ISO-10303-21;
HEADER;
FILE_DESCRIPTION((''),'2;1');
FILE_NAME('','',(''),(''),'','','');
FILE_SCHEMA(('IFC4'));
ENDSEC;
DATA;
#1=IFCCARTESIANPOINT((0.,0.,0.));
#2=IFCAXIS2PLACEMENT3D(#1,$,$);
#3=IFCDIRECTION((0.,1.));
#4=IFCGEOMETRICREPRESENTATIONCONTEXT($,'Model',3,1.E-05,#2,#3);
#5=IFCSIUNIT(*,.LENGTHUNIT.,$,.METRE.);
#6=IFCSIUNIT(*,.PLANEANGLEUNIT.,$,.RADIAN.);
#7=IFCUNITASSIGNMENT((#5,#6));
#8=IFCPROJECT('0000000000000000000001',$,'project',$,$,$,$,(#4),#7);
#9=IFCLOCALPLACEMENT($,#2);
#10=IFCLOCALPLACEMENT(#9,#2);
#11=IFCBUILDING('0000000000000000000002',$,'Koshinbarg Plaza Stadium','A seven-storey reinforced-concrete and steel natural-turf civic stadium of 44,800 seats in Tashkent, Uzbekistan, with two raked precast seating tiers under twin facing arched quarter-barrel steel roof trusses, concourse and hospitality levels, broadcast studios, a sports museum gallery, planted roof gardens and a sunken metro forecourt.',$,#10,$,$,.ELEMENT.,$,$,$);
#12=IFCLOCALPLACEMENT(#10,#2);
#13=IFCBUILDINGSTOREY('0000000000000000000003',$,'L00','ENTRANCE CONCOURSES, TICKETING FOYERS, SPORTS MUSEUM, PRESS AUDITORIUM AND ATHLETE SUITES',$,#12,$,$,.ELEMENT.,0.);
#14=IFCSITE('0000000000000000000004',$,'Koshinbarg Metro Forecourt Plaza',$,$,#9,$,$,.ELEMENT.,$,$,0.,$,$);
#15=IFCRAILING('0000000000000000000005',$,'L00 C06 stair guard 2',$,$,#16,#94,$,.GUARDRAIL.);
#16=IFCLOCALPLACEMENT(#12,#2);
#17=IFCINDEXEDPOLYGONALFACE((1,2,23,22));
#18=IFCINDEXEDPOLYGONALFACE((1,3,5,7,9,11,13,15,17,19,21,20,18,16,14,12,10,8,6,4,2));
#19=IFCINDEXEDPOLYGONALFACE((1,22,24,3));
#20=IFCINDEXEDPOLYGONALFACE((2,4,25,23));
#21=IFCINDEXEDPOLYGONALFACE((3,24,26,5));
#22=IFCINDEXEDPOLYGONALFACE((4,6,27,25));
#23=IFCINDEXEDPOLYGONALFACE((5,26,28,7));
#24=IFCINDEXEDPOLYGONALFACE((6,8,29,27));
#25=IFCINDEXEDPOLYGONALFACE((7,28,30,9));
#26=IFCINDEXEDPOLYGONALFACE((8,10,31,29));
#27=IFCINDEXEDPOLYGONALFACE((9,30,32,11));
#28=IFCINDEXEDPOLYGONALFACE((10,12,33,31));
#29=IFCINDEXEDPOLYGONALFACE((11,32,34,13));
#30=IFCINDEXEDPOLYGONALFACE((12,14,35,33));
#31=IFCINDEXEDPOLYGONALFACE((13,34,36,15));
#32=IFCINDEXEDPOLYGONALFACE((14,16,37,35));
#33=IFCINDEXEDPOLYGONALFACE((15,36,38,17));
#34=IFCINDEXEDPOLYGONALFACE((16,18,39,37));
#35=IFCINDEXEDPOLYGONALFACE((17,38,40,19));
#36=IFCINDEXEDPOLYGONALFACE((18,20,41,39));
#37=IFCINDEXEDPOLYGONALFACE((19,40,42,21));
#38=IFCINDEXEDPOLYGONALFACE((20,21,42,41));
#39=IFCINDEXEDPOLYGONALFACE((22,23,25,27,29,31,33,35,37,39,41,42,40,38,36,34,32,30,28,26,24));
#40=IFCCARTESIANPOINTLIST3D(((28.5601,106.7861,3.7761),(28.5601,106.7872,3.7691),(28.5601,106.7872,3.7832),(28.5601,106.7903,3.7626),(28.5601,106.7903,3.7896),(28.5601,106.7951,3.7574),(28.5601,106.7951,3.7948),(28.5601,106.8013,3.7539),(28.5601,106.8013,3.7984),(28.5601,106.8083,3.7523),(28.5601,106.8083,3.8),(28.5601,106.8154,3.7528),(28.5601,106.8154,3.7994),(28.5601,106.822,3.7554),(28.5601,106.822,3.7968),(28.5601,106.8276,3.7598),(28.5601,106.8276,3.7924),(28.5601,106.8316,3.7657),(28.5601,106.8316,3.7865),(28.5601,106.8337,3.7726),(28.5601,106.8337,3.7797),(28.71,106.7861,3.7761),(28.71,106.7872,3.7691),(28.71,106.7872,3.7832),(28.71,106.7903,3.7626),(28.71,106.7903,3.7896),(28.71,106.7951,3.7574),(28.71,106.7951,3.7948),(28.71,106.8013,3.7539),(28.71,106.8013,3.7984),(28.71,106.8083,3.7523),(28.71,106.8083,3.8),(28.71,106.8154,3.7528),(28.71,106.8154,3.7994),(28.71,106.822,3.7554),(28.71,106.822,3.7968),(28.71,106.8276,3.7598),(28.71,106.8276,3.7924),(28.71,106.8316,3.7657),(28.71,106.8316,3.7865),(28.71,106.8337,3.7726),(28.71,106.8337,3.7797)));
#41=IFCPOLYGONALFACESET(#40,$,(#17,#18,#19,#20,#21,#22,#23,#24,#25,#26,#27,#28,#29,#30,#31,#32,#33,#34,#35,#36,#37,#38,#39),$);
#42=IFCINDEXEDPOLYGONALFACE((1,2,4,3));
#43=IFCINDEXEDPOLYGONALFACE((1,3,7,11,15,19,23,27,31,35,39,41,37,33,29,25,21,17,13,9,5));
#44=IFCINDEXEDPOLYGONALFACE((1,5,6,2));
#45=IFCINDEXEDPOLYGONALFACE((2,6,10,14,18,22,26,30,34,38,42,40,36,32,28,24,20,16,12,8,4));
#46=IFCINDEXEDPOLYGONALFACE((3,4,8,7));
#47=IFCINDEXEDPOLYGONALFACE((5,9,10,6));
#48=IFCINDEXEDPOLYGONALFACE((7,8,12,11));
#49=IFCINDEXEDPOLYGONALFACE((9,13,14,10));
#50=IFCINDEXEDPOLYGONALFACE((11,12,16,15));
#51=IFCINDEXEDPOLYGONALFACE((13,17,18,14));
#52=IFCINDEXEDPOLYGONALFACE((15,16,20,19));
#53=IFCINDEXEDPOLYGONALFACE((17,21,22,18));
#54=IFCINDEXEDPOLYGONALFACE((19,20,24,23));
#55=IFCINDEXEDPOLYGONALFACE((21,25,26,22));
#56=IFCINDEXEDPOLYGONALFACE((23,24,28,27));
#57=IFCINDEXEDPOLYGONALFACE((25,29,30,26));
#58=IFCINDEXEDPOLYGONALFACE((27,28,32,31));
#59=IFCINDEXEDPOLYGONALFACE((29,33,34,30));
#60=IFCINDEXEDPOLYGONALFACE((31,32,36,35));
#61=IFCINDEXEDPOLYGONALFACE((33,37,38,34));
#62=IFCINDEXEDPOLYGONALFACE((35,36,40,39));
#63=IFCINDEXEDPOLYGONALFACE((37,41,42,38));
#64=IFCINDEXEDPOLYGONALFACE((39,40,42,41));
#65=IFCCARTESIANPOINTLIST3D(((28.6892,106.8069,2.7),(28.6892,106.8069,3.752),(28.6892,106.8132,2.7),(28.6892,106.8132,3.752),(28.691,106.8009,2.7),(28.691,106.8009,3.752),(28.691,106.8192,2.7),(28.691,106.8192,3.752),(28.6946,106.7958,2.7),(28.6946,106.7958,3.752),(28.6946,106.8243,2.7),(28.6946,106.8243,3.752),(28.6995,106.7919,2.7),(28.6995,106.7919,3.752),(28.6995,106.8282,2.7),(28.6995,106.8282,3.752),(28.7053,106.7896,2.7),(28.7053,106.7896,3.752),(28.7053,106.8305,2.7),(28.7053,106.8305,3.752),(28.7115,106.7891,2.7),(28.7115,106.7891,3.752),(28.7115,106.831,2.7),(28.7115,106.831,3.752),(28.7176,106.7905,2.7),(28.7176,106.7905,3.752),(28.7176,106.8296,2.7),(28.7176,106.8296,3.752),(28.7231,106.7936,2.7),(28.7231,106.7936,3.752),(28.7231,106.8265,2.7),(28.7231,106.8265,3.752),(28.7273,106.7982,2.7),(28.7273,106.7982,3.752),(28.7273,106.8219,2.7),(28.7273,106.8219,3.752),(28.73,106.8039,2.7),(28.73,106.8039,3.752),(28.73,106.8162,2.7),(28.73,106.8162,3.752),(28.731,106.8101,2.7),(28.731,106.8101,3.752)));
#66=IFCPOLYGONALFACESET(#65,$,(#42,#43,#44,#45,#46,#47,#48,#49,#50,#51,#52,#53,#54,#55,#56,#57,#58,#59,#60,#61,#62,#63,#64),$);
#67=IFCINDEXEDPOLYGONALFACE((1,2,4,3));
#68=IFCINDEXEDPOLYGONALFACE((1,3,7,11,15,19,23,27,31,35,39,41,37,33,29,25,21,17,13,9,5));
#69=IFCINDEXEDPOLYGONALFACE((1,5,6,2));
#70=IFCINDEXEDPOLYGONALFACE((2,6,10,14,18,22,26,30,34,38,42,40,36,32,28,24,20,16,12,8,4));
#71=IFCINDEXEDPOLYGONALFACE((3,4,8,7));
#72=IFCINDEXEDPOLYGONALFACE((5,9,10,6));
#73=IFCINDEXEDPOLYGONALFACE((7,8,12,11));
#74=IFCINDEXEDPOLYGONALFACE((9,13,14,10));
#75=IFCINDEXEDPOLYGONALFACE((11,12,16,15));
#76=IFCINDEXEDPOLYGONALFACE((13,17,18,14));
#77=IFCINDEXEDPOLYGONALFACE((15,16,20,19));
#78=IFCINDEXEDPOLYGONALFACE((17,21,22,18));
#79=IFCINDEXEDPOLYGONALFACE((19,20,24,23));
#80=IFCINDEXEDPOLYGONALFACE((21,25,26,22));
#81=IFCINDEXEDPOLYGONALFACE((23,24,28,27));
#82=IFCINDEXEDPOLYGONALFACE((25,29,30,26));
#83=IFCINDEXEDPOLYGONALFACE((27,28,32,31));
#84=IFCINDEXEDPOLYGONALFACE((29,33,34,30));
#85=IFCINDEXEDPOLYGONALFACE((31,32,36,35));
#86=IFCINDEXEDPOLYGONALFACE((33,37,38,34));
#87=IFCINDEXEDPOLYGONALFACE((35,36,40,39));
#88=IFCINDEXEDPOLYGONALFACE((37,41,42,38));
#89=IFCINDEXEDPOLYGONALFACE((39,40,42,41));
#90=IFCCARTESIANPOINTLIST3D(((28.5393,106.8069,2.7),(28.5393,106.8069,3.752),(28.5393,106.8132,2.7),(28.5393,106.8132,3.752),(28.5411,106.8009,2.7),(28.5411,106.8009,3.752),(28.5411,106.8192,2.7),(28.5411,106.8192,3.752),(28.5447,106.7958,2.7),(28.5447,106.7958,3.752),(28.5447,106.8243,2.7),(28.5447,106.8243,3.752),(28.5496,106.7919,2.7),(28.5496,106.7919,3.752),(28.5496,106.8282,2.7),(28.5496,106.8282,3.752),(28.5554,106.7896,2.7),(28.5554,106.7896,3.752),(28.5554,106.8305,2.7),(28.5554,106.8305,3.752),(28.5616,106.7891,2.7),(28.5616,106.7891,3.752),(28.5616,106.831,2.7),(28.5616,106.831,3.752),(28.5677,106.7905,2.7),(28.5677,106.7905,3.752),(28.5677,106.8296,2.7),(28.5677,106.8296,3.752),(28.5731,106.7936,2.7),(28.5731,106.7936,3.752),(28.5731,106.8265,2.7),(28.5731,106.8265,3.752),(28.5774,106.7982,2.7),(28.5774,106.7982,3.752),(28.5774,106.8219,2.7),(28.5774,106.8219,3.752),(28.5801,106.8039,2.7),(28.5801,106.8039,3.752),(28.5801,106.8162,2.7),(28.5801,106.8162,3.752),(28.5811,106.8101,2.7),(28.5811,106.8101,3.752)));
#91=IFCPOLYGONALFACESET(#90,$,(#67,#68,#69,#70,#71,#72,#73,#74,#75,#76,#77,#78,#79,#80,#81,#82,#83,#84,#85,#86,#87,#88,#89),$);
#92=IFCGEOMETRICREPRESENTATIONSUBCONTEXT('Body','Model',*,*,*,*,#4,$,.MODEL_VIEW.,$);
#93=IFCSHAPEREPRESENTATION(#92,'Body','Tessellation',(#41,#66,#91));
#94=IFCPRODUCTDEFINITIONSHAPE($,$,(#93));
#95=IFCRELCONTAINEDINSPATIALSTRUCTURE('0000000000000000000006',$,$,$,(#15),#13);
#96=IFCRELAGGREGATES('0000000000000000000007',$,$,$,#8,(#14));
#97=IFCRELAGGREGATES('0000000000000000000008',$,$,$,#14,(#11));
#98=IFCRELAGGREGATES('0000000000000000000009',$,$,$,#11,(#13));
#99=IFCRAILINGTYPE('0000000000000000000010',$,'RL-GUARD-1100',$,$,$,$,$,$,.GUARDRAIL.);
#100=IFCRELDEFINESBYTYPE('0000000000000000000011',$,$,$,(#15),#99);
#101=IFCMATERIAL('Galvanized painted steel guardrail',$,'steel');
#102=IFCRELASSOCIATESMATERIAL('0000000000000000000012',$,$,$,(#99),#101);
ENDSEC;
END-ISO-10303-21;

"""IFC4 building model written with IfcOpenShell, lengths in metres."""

from ifc_helpers import new_model, si_unit, direction, frame, origin, origin_2d, place, context, subcontext, project, spatial, circle, extrude, material, type_object, element, save


model = new_model("IFC4")

# Units and contexts
model_context = context("Model", 3, precision=1e-05, world=origin(), true_north=direction((0.0, 1.0)))
body_context = subcontext(model_context, "Body", "Model", "MODEL_VIEW")
ifc_project = project(units=[si_unit("LENGTHUNIT", "METRE"), si_unit("PLANEANGLEUNIT", "RADIAN")], contexts=[model_context])

# Site, building, storey
site_placement = place(None, origin())
site = spatial("IfcSite", under=ifc_project, at=site_placement, Name="Koshinbarg Metro Forecourt Plaza", CompositionType="ELEMENT", RefElevation=0.0)
building_placement = place(site_placement, origin())
building = spatial("IfcBuilding", under=site, at=building_placement, Name="Koshinbarg Plaza Stadium", Description="A seven-storey reinforced-concrete and steel natural-turf civic stadium of 44,800 seats in Tashkent, Uzbekistan, with two raked precast seating tiers under twin facing arched quarter-barrel steel roof trusses, concourse and hospitality levels, broadcast studios, a sports museum gallery, planted roof gardens and a sunken metro forecourt.", CompositionType="ELEMENT")
storey_placement = place(building_placement, origin())
storey = spatial("IfcBuildingStorey", under=building, at=storey_placement, Name="L00", Description="ENTRANCE CONCOURSES, TICKETING FOYERS, SPORTS MUSEUM, PRESS AUDITORIUM AND ATHLETE SUITES", CompositionType="ELEMENT", Elevation=0.0)

# Railing
ifc_material_1 = material(Name="Galvanized painted steel guardrail", Category="steel")
railing_type_1 = type_object("IfcRailingType", Name="RL-GUARD-1100", PredefinedType="GUARDRAIL", material=ifc_material_1)
railing_1_placement = place(storey_placement, frame((28.71, 106.8101, 2.7)))
element("IfcRailing", 1, at=railing_1_placement, inside=storey, type_object=railing_type_1, Name="L00 C06 stair guard 2", PredefinedType="GUARDRAIL", context=body_context, shape_type="SweptSolid", body=[
    extrude(circle(Radius=0.0239, at=origin_2d()), frame((0.0, 0.0, 1.0762), z_axis=(-1.0, 0.0, 0.0), x_axis=(0.0, -1.0, 0.0)), (0.0, 0.0, 1.0), 0.1499),
    extrude(circle(Radius=0.021, at=origin_2d()), origin(), (0.0, 0.0, 1.0), 1.052),
    extrude(circle(Radius=0.021, at=origin_2d()), frame((-0.1499, 0.0, 0.0)), (0.0, 0.0, 1.0), 1.052),
])

save(model, "model.ifc")
